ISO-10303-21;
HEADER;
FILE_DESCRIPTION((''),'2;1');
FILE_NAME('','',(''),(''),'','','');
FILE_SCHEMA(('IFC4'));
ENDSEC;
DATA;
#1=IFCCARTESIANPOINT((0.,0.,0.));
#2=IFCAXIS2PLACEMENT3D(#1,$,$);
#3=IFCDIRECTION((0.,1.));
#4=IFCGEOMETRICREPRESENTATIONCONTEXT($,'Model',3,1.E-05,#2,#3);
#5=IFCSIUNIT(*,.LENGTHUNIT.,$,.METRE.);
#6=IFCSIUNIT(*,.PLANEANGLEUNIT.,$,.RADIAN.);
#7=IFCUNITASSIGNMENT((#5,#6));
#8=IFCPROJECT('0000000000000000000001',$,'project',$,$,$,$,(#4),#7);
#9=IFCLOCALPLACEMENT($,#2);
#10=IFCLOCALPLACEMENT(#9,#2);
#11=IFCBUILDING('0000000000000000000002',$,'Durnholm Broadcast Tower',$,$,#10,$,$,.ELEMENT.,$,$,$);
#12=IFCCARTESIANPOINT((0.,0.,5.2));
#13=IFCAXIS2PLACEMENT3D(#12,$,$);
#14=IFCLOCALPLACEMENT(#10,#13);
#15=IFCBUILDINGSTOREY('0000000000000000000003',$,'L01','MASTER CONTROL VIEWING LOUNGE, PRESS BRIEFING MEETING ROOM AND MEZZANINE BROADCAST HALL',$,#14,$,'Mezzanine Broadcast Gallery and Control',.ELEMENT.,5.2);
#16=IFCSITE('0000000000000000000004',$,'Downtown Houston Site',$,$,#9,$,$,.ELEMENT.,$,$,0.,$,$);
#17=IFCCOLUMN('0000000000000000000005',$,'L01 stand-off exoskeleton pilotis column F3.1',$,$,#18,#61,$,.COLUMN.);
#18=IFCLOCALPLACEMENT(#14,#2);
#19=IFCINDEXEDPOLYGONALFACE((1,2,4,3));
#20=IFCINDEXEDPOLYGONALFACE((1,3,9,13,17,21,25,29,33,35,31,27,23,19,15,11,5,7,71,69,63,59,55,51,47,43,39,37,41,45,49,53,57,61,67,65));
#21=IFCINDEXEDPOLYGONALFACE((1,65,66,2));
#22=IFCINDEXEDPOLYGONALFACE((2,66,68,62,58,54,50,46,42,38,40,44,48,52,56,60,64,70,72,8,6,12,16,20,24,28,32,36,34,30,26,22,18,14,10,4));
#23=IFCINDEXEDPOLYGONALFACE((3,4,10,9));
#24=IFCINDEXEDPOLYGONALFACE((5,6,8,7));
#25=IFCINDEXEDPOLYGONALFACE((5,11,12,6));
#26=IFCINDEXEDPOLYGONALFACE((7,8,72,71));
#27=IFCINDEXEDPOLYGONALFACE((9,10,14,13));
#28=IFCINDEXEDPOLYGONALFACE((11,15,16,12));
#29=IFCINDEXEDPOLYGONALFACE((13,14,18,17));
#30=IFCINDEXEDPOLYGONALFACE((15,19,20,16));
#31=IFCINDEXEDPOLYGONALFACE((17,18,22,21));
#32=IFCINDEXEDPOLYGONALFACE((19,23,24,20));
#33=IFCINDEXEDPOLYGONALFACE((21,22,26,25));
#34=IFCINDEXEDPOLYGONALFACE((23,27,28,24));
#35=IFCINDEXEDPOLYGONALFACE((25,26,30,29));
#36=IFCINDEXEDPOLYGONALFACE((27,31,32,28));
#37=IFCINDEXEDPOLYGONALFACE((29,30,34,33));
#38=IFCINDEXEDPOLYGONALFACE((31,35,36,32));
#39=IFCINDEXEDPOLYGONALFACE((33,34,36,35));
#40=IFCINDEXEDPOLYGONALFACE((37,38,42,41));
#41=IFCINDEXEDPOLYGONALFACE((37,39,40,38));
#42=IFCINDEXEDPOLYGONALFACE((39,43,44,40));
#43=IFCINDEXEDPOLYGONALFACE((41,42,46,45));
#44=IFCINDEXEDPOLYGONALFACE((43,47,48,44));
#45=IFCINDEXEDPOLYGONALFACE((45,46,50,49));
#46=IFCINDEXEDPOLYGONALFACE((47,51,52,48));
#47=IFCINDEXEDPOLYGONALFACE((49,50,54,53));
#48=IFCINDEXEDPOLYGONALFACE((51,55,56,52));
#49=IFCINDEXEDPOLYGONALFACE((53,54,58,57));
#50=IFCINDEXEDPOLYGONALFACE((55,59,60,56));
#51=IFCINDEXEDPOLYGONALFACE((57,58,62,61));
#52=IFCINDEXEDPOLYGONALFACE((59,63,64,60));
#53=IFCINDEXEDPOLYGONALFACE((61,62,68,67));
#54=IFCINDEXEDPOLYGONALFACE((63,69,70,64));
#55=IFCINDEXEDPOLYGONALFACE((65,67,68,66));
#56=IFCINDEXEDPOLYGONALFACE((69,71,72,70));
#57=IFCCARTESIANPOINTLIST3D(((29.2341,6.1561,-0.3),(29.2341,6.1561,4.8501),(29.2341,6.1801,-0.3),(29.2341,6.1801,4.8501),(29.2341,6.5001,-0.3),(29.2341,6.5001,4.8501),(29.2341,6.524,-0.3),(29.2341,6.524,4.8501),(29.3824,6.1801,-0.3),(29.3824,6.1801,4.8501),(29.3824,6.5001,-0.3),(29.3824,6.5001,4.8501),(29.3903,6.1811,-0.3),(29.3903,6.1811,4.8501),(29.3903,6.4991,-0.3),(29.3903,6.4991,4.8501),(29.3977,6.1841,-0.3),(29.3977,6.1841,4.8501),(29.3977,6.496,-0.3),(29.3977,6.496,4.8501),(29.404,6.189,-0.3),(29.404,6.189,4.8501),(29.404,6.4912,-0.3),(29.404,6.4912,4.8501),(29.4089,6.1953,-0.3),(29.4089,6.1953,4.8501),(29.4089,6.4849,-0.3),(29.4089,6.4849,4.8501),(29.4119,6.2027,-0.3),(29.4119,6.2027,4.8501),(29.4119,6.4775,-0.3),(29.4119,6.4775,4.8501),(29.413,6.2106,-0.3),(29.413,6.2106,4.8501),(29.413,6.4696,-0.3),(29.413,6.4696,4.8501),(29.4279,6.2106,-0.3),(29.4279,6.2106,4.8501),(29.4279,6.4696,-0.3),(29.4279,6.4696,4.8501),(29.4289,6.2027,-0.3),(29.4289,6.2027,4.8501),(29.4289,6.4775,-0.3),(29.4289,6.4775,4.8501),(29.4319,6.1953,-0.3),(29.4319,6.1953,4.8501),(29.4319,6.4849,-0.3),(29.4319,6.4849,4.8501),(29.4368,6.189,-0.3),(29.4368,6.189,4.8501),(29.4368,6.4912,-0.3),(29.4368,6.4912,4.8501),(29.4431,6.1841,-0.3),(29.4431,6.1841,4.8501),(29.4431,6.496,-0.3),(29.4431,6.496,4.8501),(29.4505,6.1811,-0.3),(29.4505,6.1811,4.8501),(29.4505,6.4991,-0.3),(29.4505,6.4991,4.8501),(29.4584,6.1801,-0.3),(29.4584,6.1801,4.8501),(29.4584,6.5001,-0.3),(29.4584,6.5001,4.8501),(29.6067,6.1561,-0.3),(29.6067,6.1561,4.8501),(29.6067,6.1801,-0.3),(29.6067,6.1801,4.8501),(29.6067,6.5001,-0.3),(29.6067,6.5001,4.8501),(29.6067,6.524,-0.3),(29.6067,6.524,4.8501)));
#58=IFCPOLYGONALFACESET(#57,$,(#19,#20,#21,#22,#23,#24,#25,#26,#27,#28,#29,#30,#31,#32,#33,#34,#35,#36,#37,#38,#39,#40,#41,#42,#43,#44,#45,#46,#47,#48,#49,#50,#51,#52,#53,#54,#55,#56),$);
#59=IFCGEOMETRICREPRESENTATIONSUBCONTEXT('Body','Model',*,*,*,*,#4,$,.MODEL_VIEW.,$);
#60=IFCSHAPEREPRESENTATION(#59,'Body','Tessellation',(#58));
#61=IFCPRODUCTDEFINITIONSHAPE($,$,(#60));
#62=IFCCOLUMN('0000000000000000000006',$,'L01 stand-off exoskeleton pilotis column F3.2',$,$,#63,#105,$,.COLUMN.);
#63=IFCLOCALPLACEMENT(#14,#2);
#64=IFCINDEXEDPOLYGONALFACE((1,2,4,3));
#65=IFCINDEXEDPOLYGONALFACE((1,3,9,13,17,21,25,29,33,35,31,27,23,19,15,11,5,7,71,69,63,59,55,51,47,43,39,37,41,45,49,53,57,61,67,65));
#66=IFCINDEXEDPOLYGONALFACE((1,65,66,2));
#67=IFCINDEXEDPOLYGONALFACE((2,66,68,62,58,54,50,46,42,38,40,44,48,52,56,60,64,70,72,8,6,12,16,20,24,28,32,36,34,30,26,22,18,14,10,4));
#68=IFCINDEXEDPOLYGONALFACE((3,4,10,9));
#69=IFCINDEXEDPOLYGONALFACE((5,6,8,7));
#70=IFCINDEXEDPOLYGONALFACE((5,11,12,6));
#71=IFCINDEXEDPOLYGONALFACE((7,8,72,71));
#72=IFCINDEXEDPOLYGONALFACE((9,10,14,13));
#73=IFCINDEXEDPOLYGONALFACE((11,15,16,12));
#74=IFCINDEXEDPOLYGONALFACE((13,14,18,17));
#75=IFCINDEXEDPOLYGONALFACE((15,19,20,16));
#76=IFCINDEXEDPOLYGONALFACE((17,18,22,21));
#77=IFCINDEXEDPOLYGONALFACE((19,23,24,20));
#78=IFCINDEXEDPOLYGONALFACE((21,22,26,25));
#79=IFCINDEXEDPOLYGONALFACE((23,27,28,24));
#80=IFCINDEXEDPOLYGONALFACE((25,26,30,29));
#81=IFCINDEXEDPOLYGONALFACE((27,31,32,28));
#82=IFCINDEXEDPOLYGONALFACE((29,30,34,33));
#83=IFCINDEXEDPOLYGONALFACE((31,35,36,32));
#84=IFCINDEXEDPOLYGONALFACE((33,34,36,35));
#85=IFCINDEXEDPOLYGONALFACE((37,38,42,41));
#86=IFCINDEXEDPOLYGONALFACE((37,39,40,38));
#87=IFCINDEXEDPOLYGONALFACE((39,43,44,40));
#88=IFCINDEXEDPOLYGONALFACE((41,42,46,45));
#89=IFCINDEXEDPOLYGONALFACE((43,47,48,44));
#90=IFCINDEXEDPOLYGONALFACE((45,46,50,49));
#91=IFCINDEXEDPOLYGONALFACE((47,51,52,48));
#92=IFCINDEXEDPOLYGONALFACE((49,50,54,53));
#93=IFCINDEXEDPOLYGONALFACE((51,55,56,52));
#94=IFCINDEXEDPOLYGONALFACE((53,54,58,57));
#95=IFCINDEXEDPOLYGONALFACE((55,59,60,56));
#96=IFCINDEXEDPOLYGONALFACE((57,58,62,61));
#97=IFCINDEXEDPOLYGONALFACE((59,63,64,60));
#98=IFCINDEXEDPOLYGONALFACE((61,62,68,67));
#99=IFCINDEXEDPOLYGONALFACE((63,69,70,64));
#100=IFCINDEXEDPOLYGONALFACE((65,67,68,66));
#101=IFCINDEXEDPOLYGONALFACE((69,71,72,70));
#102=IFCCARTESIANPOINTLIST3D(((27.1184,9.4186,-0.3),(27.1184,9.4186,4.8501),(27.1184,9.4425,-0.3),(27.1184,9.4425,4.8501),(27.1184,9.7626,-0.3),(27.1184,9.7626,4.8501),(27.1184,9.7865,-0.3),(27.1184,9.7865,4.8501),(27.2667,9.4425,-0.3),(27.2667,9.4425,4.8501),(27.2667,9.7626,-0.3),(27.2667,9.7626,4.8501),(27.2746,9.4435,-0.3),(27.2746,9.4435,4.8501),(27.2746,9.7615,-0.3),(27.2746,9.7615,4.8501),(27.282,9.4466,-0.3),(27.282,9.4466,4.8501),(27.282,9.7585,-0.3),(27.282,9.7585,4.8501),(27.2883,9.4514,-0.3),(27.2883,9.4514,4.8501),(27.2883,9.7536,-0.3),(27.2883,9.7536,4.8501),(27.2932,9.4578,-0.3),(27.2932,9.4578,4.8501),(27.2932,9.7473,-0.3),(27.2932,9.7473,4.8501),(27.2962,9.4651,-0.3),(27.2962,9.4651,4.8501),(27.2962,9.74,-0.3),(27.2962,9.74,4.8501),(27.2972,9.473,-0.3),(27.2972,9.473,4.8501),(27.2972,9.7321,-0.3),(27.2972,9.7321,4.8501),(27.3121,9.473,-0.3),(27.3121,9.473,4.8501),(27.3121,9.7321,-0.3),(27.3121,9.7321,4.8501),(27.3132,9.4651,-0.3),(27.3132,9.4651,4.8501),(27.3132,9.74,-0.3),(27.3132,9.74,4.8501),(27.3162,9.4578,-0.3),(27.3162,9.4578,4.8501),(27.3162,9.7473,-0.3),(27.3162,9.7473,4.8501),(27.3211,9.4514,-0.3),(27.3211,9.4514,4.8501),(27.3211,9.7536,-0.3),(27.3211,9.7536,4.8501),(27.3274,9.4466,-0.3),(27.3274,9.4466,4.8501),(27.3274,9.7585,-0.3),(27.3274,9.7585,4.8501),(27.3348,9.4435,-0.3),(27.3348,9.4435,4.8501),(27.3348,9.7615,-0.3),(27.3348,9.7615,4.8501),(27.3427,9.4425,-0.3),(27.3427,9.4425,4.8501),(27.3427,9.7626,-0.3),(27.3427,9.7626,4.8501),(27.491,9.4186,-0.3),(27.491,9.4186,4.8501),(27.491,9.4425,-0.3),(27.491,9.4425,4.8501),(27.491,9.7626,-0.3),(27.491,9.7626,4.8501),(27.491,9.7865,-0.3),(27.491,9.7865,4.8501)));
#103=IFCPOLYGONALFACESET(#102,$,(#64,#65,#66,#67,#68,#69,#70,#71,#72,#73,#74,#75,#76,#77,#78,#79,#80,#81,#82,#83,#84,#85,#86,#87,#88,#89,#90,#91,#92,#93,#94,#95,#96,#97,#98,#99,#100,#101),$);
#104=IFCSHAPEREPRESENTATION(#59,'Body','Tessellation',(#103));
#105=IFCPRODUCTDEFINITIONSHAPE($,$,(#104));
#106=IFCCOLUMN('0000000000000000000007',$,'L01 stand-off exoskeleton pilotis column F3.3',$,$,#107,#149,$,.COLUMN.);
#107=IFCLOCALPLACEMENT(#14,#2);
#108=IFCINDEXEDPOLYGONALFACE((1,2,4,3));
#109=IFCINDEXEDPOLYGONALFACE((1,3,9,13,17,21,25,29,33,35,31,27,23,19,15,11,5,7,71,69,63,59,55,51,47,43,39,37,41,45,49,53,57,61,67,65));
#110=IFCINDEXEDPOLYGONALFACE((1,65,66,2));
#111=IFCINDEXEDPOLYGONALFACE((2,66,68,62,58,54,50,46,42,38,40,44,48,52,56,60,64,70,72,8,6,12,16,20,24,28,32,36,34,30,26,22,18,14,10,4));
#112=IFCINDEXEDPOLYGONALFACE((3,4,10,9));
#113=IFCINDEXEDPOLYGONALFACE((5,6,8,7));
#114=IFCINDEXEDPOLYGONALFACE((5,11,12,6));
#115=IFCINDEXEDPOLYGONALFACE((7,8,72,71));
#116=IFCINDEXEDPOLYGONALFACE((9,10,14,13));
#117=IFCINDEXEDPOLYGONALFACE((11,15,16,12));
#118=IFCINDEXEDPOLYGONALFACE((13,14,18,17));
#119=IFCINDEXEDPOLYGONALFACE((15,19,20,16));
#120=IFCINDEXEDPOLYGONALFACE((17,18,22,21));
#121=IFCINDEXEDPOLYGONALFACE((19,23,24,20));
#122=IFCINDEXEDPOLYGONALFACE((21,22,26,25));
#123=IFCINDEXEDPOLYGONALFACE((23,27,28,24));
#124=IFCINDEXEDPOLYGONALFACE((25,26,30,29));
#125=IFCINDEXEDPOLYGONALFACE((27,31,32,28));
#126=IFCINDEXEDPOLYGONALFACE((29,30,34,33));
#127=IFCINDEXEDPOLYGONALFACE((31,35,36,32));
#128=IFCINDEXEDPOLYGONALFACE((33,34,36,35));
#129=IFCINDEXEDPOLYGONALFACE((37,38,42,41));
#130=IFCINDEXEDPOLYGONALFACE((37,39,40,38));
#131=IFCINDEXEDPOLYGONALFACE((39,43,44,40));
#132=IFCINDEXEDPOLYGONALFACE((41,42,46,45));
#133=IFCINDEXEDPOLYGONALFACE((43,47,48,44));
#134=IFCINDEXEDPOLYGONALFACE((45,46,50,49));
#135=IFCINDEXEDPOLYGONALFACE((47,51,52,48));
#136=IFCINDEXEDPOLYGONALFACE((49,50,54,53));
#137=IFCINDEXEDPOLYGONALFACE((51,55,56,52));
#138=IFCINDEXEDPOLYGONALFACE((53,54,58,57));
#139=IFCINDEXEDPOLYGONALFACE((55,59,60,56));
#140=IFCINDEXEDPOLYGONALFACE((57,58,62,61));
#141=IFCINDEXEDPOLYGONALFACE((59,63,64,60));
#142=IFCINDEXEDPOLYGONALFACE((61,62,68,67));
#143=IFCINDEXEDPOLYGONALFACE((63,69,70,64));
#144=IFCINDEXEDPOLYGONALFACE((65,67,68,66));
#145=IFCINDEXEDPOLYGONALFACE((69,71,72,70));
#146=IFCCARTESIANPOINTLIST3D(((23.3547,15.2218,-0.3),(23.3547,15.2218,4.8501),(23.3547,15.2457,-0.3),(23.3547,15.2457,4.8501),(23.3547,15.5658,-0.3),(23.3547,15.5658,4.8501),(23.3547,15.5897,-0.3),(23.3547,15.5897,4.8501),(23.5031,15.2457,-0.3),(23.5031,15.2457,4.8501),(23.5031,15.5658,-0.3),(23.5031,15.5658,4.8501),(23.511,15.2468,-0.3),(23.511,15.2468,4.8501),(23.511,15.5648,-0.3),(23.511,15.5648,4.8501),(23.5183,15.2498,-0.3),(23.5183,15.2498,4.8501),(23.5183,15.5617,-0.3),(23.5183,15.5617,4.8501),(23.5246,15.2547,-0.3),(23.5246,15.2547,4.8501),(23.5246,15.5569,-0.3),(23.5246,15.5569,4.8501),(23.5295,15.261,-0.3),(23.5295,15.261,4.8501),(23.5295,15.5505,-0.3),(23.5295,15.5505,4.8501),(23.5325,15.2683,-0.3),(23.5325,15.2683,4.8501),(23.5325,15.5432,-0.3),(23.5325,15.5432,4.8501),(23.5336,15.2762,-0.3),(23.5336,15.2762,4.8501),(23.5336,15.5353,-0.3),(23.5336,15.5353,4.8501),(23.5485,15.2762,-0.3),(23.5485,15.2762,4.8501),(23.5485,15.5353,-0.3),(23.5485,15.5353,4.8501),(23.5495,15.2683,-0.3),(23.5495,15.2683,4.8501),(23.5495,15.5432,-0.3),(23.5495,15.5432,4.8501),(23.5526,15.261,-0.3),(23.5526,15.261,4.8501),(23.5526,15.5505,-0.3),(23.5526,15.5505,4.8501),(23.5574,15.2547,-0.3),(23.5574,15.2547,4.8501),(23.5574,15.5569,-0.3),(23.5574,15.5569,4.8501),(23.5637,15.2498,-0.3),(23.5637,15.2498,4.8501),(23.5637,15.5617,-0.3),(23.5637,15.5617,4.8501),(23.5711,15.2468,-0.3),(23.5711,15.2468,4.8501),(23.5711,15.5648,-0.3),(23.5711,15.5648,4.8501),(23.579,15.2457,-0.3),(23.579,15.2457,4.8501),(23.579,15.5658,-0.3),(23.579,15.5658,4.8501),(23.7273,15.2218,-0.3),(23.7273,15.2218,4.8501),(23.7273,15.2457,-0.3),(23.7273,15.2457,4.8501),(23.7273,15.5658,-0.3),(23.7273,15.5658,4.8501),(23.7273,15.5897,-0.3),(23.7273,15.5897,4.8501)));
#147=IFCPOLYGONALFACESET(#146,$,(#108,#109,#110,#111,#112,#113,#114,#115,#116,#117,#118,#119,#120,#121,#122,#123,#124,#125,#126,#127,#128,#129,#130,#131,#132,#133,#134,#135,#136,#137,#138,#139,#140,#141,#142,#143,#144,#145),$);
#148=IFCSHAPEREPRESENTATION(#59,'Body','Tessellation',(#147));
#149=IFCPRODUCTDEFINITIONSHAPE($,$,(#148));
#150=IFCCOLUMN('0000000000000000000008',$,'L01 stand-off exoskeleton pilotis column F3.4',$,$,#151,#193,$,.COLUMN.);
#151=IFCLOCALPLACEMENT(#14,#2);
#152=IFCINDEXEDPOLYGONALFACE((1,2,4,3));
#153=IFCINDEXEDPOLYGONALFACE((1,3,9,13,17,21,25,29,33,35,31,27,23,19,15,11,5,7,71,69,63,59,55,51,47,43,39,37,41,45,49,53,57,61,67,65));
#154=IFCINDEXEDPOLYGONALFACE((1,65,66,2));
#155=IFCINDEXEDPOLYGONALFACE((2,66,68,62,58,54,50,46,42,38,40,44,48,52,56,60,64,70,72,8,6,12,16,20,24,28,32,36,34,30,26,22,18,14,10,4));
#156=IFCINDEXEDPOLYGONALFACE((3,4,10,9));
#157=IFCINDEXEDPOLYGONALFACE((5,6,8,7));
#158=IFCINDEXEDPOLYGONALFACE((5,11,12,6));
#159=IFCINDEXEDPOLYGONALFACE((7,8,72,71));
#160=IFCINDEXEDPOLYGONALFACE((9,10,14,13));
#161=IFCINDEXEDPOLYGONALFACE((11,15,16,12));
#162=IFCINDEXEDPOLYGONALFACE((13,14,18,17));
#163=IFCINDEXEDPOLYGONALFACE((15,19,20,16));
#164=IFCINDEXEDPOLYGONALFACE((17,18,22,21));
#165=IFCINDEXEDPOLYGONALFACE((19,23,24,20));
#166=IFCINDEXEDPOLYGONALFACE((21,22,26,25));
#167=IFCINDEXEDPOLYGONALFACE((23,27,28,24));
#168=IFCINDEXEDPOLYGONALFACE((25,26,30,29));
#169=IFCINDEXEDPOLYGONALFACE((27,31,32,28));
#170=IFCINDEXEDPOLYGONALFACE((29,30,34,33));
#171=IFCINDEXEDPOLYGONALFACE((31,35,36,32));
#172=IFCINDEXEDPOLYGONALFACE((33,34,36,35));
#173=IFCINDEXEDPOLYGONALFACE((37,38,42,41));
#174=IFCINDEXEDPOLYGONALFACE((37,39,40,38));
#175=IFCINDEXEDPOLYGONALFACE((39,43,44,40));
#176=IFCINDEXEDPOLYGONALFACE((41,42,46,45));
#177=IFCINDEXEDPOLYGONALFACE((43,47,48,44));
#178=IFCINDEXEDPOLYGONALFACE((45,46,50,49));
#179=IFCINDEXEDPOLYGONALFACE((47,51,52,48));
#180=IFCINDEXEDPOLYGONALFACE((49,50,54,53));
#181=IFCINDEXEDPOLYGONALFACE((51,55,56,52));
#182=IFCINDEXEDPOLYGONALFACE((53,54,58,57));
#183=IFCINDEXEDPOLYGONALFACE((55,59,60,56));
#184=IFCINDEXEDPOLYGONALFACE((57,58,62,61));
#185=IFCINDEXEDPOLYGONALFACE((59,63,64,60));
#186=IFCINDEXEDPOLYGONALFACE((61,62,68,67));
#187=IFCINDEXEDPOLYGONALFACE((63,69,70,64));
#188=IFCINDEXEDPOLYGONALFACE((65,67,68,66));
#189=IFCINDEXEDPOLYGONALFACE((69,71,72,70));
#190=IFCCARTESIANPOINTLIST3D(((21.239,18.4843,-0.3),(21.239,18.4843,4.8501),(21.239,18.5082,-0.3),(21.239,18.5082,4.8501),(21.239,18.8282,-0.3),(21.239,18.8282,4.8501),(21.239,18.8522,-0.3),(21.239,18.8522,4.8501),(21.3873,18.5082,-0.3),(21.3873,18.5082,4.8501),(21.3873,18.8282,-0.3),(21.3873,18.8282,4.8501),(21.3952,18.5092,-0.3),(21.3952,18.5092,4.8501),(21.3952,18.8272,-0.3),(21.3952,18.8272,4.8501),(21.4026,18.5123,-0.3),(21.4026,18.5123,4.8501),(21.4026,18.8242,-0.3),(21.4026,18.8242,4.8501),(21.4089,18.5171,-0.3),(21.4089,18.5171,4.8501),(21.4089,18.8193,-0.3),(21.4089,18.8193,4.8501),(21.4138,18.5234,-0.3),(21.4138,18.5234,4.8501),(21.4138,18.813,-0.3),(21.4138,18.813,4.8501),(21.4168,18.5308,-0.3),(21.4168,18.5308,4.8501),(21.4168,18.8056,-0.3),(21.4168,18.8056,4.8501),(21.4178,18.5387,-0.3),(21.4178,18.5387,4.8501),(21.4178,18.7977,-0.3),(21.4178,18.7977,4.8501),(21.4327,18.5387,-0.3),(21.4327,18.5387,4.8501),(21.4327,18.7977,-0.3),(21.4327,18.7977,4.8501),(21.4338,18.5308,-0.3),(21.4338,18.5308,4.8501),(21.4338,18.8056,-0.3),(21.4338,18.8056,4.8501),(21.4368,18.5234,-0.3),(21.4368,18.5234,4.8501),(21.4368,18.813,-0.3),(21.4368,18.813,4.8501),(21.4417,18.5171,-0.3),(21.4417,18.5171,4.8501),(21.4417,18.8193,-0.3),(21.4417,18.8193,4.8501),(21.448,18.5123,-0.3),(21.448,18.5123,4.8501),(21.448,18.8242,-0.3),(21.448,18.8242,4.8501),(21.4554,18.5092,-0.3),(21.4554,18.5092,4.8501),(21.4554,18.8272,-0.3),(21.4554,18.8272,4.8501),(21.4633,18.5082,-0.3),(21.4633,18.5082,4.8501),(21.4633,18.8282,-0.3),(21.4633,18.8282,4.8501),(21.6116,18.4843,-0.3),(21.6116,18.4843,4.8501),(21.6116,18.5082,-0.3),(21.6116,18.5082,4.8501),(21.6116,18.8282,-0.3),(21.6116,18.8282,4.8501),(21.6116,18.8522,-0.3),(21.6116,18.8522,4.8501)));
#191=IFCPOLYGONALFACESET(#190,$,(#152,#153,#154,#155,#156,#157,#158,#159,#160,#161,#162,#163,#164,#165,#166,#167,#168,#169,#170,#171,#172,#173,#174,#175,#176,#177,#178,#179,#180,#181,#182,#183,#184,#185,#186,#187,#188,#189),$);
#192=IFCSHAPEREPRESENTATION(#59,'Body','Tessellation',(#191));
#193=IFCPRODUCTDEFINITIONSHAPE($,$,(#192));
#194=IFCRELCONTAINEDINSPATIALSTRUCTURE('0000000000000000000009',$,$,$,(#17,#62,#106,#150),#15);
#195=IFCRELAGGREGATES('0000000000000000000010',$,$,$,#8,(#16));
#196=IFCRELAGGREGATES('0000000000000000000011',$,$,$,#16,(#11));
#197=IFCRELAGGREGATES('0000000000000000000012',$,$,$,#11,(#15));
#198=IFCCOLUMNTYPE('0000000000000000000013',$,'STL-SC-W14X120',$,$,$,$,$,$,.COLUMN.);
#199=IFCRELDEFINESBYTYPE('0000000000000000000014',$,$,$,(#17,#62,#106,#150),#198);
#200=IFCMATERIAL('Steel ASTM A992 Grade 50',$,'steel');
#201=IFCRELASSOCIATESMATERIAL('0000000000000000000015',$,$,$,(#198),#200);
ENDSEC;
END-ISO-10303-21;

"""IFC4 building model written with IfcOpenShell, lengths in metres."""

from ifc_helpers import new_model, si_unit, direction, frame, origin, origin_2d, place, context, subcontext, project, spatial, i_section, extrude, source, transform, mapped, material, material_profile, profile_set, type_object, type_shapes, element, save


model = new_model("IFC4")

# Units and contexts
model_context = context("Model", 3, precision=1e-05, world=origin(), true_north=direction((0.0, 1.0)))
body_context = subcontext(model_context, "Body", "Model", "MODEL_VIEW")
ifc_project = project(units=[si_unit("LENGTHUNIT", "METRE"), si_unit("PLANEANGLEUNIT", "RADIAN")], contexts=[model_context])

# Site, building, storey
site_placement = place(None, origin())
site = spatial("IfcSite", under=ifc_project, at=site_placement, Name="Downtown Houston Site", CompositionType="ELEMENT", RefElevation=0.0)
building_placement = place(site_placement, origin())
building = spatial("IfcBuilding", under=site, at=building_placement, Name="Durnholm Broadcast Tower", CompositionType="ELEMENT")
storey_placement = place(building_placement, frame((0.0, 0.0, 5.2)))
storey = spatial("IfcBuildingStorey", under=building, at=storey_placement, Name="L01", Description="MASTER CONTROL VIEWING LOUNGE, PRESS BRIEFING MEETING ROOM AND MEZZANINE BROADCAST HALL", LongName="Mezzanine Broadcast Gallery and Control", CompositionType="ELEMENT", Elevation=5.2)

# Columns
ifc_material_1 = material(Name="Steel ASTM A992 Grade 50", Category="steel")
ifc_material_profile_1 = material_profile(ifc_material_1, i_section(OverallWidth=0.3726, OverallDepth=0.3679, WebThickness=0.0149, FlangeThickness=0.0239, FilletRadius=0.0305, at=origin_2d()), Name="W14X120")
ifc_profile_set_1 = profile_set([ifc_material_profile_1], Name="Steel ASTM A992 Grade 50")
column_type_1 = type_object("IfcColumnType", Name="STL-SC-W14X120", PredefinedType="COLUMN", material=ifc_profile_set_1)
shared_shape_1 = source(origin(), body_context, "Body", "SweptSolid", [
    extrude(i_section(OverallWidth=0.3726, OverallDepth=0.3679, WebThickness=0.0149, FlangeThickness=0.0239, FilletRadius=0.0305, at=origin_2d()), origin(), (0.0, 0.0, 1.0), 5.1501),
])
type_shapes(column_type_1, [shared_shape_1])
for number, where, z_axis, x_axis, name in (
    (1, (29.4204, 6.3401, -0.3), (0.0, 0.0, 1.0), (1.0, 0.0, 0.0), "L01 stand-off exoskeleton pilotis column F3.1"),
    (2, (27.3047, 9.6025, -0.3), (0.0, 0.0, 1.0), (1.0, 0.0, 0.0), "L01 stand-off exoskeleton pilotis column F3.2"),
    (3, (23.541, 15.4058, -0.3), (0.0, 0.0, 1.0), (1.0, 0.0, 0.0), "L01 stand-off exoskeleton pilotis column F3.3"),
    (4, (21.4253, 18.6682, -0.3), (0.0, 0.0, 1.0), (1.0, 0.0, 0.0), "L01 stand-off exoskeleton pilotis column F3.4"),
):
    element("IfcColumn", number, at=place(storey_placement, frame(where, z_axis=z_axis, x_axis=x_axis)), inside=storey, type_object=column_type_1, Name=name, PredefinedType="COLUMN", context=body_context, shape_type="MappedRepresentation", body=[
        mapped(shared_shape_1, transform((0.0, 0.0, 0.0), x_axis=(1.0, 0.0, 0.0), y_axis=(0.0, 1.0, 0.0), z_axis=(0.0, 0.0, 1.0), scale=1.0)),
    ])

save(model, "model.ifc")
